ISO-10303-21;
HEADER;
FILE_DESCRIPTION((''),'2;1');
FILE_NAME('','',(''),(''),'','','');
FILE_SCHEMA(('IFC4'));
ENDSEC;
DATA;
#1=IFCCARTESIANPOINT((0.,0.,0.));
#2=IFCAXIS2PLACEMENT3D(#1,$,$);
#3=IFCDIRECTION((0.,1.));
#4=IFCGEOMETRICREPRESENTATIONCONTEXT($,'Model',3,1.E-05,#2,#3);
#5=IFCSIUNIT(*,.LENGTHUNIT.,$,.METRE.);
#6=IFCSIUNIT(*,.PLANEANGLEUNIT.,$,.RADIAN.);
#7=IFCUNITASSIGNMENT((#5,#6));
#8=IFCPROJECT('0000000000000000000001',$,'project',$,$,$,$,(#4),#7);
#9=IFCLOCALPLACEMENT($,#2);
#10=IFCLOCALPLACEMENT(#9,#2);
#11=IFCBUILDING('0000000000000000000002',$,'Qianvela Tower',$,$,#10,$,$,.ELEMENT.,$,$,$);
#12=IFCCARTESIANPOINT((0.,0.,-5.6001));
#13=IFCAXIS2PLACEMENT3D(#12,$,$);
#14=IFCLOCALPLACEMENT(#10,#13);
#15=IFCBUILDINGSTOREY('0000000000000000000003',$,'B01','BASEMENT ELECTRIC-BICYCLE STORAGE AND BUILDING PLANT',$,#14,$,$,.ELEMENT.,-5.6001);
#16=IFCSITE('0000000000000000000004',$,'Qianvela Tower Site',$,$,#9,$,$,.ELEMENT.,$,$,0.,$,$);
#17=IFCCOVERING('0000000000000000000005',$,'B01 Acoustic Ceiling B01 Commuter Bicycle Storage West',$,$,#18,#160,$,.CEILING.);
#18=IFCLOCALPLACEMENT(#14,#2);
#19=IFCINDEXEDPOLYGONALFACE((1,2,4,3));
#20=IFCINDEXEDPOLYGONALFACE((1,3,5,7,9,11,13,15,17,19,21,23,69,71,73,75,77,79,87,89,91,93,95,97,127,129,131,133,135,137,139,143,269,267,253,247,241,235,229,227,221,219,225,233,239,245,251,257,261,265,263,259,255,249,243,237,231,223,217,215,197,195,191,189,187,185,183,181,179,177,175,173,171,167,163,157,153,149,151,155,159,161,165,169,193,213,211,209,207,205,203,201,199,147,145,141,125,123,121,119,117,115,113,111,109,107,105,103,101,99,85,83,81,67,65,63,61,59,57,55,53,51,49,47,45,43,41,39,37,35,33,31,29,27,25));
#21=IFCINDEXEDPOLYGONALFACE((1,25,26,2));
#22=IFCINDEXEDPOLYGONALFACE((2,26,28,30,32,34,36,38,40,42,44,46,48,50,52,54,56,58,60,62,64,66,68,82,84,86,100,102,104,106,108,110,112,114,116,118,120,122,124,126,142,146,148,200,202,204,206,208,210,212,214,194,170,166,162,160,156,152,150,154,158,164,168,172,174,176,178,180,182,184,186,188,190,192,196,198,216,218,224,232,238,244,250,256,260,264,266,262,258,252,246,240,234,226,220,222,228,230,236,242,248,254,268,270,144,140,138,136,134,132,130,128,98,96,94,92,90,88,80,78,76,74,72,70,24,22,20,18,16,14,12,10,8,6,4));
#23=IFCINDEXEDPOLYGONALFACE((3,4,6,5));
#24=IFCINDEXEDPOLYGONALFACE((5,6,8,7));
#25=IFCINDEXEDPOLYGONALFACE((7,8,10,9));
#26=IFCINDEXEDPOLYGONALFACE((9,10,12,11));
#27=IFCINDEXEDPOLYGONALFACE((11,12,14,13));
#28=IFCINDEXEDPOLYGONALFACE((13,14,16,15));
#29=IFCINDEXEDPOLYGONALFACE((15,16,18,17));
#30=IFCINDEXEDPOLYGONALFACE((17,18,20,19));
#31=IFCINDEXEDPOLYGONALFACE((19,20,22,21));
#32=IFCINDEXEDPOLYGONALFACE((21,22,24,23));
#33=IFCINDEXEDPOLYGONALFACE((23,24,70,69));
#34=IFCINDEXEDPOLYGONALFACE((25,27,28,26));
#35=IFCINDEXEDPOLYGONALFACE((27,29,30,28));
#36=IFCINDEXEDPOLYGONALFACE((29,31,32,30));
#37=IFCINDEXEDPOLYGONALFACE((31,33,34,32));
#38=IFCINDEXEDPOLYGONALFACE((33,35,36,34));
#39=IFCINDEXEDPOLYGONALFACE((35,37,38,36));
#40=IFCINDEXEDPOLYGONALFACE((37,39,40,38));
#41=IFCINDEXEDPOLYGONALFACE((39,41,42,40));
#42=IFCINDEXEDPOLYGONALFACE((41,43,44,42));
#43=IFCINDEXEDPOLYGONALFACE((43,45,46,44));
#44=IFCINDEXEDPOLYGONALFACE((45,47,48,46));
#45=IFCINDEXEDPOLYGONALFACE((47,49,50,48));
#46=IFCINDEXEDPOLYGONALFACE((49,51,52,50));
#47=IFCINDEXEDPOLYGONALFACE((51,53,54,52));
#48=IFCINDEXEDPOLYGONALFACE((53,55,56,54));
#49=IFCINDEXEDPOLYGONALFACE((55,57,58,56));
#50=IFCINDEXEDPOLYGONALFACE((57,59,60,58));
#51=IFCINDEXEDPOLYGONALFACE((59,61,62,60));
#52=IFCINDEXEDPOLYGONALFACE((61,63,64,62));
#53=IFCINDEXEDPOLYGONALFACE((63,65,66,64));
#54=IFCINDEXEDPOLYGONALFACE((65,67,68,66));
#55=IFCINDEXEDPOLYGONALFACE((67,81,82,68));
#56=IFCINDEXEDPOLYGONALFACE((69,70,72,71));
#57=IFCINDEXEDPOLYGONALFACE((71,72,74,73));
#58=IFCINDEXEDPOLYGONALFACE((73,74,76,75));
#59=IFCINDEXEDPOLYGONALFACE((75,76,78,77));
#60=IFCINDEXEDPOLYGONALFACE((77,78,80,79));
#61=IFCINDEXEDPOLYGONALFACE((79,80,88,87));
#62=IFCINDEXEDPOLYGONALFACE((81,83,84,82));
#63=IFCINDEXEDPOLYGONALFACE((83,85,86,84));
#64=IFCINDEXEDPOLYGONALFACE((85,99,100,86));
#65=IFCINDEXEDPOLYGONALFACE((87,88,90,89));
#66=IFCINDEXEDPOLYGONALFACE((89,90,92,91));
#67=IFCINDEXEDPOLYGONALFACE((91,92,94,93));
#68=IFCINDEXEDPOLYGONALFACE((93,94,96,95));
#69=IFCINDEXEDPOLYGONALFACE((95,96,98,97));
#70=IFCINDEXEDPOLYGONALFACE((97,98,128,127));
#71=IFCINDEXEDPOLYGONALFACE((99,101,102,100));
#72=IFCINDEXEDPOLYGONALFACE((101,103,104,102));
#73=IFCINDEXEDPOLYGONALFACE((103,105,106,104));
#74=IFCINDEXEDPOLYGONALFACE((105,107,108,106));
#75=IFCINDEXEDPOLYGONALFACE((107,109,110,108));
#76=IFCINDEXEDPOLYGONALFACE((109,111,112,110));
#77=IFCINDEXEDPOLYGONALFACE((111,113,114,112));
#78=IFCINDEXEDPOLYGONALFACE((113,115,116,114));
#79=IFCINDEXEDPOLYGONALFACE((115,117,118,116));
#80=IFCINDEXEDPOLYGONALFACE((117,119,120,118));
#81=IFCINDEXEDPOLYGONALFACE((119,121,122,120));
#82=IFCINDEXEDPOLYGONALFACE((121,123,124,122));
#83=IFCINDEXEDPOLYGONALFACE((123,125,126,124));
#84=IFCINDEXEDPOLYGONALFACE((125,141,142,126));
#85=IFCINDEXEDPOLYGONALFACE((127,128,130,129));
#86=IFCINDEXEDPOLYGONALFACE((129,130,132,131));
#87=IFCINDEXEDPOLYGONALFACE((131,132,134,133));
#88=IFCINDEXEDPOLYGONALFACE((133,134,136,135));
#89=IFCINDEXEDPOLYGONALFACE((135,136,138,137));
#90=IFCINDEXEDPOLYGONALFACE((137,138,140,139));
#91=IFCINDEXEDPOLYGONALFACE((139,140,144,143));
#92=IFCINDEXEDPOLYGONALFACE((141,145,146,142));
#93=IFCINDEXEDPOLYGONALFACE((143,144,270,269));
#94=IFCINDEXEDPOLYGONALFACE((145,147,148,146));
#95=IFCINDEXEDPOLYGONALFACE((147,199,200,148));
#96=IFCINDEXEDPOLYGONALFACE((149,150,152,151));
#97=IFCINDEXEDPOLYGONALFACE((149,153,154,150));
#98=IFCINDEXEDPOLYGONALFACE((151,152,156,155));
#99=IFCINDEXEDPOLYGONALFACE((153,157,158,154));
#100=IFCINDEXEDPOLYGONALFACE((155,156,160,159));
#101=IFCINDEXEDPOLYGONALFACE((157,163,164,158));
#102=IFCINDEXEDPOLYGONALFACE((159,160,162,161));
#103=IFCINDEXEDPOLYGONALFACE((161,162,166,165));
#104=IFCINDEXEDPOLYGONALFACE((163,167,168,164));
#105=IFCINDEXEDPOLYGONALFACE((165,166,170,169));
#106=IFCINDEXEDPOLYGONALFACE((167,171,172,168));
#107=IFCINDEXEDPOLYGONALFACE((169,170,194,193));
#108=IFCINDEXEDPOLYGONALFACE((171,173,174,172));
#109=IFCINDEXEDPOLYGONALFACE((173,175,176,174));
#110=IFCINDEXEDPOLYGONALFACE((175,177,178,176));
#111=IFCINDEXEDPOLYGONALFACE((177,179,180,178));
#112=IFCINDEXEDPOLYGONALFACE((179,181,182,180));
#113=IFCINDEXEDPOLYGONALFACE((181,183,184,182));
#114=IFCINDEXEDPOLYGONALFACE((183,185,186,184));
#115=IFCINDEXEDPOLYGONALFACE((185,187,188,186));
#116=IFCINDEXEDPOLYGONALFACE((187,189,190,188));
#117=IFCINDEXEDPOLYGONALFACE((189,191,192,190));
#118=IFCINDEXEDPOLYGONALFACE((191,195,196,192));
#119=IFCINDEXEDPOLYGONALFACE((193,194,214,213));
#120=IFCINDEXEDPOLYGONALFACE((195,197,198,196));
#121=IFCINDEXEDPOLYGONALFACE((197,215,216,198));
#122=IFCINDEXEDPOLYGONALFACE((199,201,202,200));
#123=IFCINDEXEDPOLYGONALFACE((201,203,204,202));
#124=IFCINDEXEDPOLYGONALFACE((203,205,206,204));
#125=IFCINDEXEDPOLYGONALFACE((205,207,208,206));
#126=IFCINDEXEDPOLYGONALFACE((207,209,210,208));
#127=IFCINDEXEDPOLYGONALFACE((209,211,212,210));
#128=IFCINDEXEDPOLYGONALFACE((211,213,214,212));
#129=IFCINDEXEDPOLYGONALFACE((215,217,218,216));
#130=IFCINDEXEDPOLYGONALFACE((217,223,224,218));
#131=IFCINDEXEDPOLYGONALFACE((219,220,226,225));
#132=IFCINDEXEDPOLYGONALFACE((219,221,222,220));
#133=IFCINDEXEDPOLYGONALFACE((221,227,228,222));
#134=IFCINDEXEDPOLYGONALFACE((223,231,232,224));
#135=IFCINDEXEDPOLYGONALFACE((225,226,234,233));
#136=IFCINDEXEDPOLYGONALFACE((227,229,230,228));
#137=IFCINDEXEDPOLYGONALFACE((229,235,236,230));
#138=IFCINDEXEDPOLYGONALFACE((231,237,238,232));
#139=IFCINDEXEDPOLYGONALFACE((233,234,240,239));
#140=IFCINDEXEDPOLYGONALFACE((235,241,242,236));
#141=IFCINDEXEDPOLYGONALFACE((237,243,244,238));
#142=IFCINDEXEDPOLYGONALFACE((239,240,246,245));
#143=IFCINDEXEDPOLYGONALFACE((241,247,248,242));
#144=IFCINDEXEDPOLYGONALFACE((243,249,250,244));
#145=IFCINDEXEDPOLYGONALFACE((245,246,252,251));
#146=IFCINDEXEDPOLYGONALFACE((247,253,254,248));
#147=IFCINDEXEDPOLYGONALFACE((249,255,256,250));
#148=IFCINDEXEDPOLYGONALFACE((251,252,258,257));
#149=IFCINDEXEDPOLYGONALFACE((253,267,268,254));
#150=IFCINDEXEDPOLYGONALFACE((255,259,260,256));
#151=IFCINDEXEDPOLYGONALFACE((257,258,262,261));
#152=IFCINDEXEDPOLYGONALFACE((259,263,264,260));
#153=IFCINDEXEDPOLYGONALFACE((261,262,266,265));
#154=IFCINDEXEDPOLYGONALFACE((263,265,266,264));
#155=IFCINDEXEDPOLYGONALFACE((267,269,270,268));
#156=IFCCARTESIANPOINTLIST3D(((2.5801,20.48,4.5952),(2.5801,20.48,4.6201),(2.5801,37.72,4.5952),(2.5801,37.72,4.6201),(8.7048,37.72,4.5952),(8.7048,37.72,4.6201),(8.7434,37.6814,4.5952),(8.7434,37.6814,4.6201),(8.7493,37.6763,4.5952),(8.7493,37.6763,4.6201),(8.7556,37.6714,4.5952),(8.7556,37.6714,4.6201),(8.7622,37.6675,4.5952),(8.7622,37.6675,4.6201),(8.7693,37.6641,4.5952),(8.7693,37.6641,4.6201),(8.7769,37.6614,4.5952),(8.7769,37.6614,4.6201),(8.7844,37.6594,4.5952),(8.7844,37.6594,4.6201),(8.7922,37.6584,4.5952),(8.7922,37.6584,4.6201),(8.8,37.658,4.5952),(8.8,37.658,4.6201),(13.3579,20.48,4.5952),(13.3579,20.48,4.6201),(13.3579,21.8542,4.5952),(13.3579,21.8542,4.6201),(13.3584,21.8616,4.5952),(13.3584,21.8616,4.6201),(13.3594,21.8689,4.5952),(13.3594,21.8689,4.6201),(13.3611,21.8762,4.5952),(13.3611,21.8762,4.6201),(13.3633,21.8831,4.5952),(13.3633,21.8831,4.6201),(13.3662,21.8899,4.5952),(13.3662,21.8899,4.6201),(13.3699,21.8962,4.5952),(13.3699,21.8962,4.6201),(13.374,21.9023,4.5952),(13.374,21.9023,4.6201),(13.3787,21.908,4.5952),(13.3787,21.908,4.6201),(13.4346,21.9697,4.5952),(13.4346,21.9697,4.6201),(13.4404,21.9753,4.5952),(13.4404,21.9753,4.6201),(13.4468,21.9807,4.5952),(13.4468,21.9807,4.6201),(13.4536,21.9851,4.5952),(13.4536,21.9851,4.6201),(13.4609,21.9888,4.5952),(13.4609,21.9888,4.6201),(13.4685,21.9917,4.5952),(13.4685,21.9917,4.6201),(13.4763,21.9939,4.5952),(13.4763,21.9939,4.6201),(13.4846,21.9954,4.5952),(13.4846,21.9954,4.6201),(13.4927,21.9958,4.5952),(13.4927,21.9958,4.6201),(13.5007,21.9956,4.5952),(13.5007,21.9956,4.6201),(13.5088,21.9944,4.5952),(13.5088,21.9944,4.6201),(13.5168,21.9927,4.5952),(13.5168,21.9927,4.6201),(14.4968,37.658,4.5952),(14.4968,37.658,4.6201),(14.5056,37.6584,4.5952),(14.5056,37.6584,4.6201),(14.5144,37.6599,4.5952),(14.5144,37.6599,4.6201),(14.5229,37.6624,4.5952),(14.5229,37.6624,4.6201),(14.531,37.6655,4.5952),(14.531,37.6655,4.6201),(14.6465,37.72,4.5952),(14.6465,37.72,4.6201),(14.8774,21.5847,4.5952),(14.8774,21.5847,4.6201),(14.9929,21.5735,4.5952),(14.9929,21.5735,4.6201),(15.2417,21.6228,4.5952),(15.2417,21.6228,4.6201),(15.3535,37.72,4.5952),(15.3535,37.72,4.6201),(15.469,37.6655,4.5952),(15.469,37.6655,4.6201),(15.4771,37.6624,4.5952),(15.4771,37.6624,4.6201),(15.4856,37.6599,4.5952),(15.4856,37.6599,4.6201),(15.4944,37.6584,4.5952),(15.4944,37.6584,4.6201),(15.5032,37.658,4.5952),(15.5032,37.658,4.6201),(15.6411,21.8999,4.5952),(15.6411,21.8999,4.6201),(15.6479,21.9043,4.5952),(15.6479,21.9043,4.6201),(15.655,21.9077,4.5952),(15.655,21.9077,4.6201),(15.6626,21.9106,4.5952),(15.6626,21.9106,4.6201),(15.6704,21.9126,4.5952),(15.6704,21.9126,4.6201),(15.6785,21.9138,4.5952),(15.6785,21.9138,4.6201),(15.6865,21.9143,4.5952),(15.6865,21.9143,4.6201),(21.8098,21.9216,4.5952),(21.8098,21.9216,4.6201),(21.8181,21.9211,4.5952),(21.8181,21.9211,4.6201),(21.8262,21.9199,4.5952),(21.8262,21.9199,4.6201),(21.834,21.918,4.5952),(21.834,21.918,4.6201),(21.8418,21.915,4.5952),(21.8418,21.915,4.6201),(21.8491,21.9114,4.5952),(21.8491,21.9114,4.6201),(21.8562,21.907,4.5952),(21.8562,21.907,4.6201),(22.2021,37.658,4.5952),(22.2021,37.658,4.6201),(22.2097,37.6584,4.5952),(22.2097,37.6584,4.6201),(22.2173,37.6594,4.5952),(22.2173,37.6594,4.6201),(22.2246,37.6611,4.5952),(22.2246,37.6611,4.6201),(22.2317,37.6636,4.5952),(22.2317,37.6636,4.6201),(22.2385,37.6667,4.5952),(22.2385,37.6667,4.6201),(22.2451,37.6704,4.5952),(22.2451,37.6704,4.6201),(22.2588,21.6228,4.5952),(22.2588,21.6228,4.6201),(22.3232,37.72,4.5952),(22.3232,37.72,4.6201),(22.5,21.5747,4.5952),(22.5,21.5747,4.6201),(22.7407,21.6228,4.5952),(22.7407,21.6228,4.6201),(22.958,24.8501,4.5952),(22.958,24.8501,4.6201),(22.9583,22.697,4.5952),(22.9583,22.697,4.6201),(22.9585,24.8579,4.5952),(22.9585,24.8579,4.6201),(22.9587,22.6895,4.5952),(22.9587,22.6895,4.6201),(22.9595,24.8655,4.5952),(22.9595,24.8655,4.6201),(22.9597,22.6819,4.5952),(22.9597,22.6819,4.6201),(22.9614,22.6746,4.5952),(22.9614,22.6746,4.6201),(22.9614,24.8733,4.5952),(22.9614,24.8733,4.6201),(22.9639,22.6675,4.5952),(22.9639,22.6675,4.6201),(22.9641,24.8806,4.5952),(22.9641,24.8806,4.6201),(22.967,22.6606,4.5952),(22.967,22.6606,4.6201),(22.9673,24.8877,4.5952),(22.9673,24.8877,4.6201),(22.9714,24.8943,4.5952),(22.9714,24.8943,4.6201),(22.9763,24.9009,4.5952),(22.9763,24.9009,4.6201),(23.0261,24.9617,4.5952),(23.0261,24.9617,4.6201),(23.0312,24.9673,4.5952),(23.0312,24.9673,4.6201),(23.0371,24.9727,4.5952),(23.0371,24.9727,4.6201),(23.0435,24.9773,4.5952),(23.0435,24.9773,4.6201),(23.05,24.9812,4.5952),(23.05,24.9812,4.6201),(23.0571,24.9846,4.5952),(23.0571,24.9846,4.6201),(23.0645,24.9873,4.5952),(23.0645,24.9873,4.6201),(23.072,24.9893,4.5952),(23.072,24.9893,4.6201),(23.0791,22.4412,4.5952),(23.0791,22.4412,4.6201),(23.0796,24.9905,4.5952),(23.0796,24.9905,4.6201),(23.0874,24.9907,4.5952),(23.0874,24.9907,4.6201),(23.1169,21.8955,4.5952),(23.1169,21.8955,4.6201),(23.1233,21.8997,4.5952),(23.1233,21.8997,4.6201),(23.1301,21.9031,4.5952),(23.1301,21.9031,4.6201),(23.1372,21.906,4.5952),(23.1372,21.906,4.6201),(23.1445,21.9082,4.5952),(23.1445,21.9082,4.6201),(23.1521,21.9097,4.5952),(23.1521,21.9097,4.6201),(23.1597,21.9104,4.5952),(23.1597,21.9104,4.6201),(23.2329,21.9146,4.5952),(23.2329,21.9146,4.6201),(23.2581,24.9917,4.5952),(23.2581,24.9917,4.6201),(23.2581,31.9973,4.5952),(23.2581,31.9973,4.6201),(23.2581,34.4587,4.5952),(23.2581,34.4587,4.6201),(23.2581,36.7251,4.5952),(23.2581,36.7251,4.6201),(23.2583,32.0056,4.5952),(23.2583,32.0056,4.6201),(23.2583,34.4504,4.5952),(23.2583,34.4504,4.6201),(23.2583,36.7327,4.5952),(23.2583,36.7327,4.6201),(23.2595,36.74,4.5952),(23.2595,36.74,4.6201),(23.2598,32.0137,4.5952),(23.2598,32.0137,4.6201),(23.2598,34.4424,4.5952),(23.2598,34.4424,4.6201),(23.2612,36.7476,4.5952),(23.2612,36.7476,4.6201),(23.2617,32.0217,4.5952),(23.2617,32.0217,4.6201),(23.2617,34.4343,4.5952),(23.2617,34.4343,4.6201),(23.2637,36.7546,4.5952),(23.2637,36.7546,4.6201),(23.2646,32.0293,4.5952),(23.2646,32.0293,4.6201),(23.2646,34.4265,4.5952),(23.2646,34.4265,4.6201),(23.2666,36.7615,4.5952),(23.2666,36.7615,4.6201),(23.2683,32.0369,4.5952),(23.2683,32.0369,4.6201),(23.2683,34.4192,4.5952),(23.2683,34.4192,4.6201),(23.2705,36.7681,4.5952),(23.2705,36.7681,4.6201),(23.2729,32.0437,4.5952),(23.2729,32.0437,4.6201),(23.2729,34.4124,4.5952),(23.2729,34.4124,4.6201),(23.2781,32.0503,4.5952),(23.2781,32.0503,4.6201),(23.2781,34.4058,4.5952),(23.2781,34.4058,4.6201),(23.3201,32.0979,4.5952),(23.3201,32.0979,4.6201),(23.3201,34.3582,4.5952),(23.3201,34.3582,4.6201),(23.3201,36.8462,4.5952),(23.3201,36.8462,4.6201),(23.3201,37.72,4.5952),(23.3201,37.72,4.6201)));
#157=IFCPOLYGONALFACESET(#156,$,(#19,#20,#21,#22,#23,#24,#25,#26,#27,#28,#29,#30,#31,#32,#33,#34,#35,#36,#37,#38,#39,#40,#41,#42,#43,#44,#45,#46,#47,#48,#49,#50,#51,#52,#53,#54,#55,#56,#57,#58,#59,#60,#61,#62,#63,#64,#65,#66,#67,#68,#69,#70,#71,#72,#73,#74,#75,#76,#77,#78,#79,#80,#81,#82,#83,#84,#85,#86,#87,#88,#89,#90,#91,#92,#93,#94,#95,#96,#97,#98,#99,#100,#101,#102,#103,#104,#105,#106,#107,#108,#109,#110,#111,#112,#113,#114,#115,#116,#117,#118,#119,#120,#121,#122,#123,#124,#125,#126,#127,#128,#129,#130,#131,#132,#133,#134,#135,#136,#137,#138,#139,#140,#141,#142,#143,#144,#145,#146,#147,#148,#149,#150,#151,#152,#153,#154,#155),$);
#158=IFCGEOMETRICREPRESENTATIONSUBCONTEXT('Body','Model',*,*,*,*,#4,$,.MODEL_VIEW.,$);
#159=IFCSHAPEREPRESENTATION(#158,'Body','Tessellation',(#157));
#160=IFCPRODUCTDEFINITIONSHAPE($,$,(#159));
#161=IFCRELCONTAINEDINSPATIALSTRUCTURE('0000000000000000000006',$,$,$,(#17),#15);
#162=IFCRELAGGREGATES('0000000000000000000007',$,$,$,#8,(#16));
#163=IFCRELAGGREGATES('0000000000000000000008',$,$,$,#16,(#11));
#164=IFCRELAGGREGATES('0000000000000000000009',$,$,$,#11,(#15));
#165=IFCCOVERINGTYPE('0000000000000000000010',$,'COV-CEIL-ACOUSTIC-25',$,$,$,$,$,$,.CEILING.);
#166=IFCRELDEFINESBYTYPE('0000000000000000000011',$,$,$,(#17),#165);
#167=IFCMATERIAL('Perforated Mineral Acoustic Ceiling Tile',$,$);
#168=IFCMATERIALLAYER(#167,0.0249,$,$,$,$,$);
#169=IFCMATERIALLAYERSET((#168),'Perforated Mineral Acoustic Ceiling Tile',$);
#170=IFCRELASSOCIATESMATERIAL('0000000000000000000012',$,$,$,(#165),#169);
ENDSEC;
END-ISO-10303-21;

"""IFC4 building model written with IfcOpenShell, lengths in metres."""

from ifc_helpers import new_model, si_unit, direction, frame, origin, place, context, subcontext, project, spatial, polyline, outline, extrude, material, layer, layer_set, type_object, element, save


model = new_model("IFC4")

# Units and contexts
model_context = context("Model", 3, precision=1e-05, world=origin(), true_north=direction((0.0, 1.0)))
body_context = subcontext(model_context, "Body", "Model", "MODEL_VIEW")
ifc_project = project(units=[si_unit("LENGTHUNIT", "METRE"), si_unit("PLANEANGLEUNIT", "RADIAN")], contexts=[model_context])

# Site, building, storey
site_placement = place(None, origin())
site = spatial("IfcSite", under=ifc_project, at=site_placement, Name="Qianvela Tower Site", CompositionType="ELEMENT", RefElevation=0.0)
building_placement = place(site_placement, origin())
building = spatial("IfcBuilding", under=site, at=building_placement, Name="Qianvela Tower", CompositionType="ELEMENT")
storey_placement = place(building_placement, frame((0.0, 0.0, -5.6001)))
storey = spatial("IfcBuildingStorey", under=building, at=storey_placement, Name="B01", Description="BASEMENT ELECTRIC-BICYCLE STORAGE AND BUILDING PLANT", CompositionType="ELEMENT", Elevation=-5.6001)

# Covering
ifc_material_1 = material(Name="Perforated Mineral Acoustic Ceiling Tile")
ifc_layer_1 = layer(ifc_material_1, 0.0249)
ifc_layer_set_1 = layer_set([ifc_layer_1], Name="Perforated Mineral Acoustic Ceiling Tile")
covering_type_1 = type_object("IfcCoveringType", Name="COV-CEIL-ACOUSTIC-25", PredefinedType="CEILING", material=ifc_layer_set_1)
covering_1_placement = place(storey_placement, frame((0.0, 0.0, 4.5952)))
element("IfcCovering", 1, at=covering_1_placement, inside=storey, type_object=covering_type_1, Name="B01 Acoustic Ceiling B01 Commuter Bicycle Storage West", PredefinedType="CEILING", context=body_context, shape_type="SweptSolid", body=[
    extrude(outline(polyline([(23.3201, 36.8462), (23.2705, 36.7681), (23.2666, 36.7615), (23.2637, 36.7546), (23.2612, 36.7476), (23.2595, 36.74), (23.2583, 36.7327), (23.2581, 36.7251), (23.2581, 34.4587), (23.2583, 34.4504), (23.2598, 34.4424), (23.2617, 34.4343), (23.2646, 34.4265), (23.2683, 34.4192), (23.2729, 34.4124), (23.2781, 34.4058), (23.3201, 34.3582), (23.3201, 32.0979), (23.2781, 32.0503), (23.2729, 32.0437), (23.2683, 32.0369), (23.2646, 32.0293), (23.2617, 32.0217), (23.2598, 32.0137), (23.2583, 32.0056), (23.2581, 31.9973), (23.2581, 24.9917), (23.0874, 24.9907), (23.0796, 24.9905), (23.072, 24.9893), (23.0645, 24.9873), (23.0571, 24.9846), (23.05, 24.9812), (23.0435, 24.9773), (23.0371, 24.9727), (23.0312, 24.9673), (23.0261, 24.9617), (22.9763, 24.9009), (22.9714, 24.8943), (22.9673, 24.8877), (22.9641, 24.8806), (22.9614, 24.8733), (22.9595, 24.8655), (22.9585, 24.8579), (22.958, 24.8501), (22.9583, 22.697), (22.9587, 22.6895), (22.9597, 22.6819), (22.9614, 22.6746), (22.9639, 22.6675), (22.967, 22.6606), (23.0791, 22.4412), (23.2329, 21.9146), (23.1597, 21.9104), (23.1521, 21.9097), (23.1445, 21.9082), (23.1372, 21.906), (23.1301, 21.9031), (23.1233, 21.8997), (23.1169, 21.8955), (22.7407, 21.6228), (22.5, 21.5747), (22.2588, 21.6228), (21.8562, 21.907), (21.8491, 21.9114), (21.8418, 21.915), (21.834, 21.918), (21.8262, 21.9199), (21.8181, 21.9211), (21.8098, 21.9216), (15.6865, 21.9143), (15.6785, 21.9138), (15.6704, 21.9126), (15.6626, 21.9106), (15.655, 21.9077), (15.6479, 21.9043), (15.6411, 21.8999), (15.2417, 21.6228), (14.9929, 21.5735), (14.8774, 21.5847), (13.5168, 21.9927), (13.5088, 21.9944), (13.5007, 21.9956), (13.4927, 21.9958), (13.4846, 21.9954), (13.4763, 21.9939), (13.4685, 21.9917), (13.4609, 21.9888), (13.4536, 21.9851), (13.4468, 21.9807), (13.4404, 21.9753), (13.4346, 21.9697), (13.3787, 21.908), (13.374, 21.9023), (13.3699, 21.8962), (13.3662, 21.8899), (13.3633, 21.8831), (13.3611, 21.8762), (13.3594, 21.8689), (13.3584, 21.8616), (13.3579, 21.8542), (13.3579, 20.48), (2.5801, 20.48), (2.5801, 37.72), (8.7048, 37.72), (8.7434, 37.6814), (8.7493, 37.6763), (8.7556, 37.6714), (8.7622, 37.6675), (8.7693, 37.6641), (8.7769, 37.6614), (8.7844, 37.6594), (8.7922, 37.6584), (8.8, 37.658), (14.4968, 37.658), (14.5056, 37.6584), (14.5144, 37.6599), (14.5229, 37.6624), (14.531, 37.6655), (14.6465, 37.72), (15.3535, 37.72), (15.469, 37.6655), (15.4771, 37.6624), (15.4856, 37.6599), (15.4944, 37.6584), (15.5032, 37.658), (22.2021, 37.658), (22.2097, 37.6584), (22.2173, 37.6594), (22.2246, 37.6611), (22.2317, 37.6636), (22.2385, 37.6667), (22.2451, 37.6704), (22.3232, 37.72), (23.3201, 37.72), (23.3201, 36.8462)])), origin(), (0.0, 0.0, 1.0), 0.0249),
])

save(model, "model.ifc")
